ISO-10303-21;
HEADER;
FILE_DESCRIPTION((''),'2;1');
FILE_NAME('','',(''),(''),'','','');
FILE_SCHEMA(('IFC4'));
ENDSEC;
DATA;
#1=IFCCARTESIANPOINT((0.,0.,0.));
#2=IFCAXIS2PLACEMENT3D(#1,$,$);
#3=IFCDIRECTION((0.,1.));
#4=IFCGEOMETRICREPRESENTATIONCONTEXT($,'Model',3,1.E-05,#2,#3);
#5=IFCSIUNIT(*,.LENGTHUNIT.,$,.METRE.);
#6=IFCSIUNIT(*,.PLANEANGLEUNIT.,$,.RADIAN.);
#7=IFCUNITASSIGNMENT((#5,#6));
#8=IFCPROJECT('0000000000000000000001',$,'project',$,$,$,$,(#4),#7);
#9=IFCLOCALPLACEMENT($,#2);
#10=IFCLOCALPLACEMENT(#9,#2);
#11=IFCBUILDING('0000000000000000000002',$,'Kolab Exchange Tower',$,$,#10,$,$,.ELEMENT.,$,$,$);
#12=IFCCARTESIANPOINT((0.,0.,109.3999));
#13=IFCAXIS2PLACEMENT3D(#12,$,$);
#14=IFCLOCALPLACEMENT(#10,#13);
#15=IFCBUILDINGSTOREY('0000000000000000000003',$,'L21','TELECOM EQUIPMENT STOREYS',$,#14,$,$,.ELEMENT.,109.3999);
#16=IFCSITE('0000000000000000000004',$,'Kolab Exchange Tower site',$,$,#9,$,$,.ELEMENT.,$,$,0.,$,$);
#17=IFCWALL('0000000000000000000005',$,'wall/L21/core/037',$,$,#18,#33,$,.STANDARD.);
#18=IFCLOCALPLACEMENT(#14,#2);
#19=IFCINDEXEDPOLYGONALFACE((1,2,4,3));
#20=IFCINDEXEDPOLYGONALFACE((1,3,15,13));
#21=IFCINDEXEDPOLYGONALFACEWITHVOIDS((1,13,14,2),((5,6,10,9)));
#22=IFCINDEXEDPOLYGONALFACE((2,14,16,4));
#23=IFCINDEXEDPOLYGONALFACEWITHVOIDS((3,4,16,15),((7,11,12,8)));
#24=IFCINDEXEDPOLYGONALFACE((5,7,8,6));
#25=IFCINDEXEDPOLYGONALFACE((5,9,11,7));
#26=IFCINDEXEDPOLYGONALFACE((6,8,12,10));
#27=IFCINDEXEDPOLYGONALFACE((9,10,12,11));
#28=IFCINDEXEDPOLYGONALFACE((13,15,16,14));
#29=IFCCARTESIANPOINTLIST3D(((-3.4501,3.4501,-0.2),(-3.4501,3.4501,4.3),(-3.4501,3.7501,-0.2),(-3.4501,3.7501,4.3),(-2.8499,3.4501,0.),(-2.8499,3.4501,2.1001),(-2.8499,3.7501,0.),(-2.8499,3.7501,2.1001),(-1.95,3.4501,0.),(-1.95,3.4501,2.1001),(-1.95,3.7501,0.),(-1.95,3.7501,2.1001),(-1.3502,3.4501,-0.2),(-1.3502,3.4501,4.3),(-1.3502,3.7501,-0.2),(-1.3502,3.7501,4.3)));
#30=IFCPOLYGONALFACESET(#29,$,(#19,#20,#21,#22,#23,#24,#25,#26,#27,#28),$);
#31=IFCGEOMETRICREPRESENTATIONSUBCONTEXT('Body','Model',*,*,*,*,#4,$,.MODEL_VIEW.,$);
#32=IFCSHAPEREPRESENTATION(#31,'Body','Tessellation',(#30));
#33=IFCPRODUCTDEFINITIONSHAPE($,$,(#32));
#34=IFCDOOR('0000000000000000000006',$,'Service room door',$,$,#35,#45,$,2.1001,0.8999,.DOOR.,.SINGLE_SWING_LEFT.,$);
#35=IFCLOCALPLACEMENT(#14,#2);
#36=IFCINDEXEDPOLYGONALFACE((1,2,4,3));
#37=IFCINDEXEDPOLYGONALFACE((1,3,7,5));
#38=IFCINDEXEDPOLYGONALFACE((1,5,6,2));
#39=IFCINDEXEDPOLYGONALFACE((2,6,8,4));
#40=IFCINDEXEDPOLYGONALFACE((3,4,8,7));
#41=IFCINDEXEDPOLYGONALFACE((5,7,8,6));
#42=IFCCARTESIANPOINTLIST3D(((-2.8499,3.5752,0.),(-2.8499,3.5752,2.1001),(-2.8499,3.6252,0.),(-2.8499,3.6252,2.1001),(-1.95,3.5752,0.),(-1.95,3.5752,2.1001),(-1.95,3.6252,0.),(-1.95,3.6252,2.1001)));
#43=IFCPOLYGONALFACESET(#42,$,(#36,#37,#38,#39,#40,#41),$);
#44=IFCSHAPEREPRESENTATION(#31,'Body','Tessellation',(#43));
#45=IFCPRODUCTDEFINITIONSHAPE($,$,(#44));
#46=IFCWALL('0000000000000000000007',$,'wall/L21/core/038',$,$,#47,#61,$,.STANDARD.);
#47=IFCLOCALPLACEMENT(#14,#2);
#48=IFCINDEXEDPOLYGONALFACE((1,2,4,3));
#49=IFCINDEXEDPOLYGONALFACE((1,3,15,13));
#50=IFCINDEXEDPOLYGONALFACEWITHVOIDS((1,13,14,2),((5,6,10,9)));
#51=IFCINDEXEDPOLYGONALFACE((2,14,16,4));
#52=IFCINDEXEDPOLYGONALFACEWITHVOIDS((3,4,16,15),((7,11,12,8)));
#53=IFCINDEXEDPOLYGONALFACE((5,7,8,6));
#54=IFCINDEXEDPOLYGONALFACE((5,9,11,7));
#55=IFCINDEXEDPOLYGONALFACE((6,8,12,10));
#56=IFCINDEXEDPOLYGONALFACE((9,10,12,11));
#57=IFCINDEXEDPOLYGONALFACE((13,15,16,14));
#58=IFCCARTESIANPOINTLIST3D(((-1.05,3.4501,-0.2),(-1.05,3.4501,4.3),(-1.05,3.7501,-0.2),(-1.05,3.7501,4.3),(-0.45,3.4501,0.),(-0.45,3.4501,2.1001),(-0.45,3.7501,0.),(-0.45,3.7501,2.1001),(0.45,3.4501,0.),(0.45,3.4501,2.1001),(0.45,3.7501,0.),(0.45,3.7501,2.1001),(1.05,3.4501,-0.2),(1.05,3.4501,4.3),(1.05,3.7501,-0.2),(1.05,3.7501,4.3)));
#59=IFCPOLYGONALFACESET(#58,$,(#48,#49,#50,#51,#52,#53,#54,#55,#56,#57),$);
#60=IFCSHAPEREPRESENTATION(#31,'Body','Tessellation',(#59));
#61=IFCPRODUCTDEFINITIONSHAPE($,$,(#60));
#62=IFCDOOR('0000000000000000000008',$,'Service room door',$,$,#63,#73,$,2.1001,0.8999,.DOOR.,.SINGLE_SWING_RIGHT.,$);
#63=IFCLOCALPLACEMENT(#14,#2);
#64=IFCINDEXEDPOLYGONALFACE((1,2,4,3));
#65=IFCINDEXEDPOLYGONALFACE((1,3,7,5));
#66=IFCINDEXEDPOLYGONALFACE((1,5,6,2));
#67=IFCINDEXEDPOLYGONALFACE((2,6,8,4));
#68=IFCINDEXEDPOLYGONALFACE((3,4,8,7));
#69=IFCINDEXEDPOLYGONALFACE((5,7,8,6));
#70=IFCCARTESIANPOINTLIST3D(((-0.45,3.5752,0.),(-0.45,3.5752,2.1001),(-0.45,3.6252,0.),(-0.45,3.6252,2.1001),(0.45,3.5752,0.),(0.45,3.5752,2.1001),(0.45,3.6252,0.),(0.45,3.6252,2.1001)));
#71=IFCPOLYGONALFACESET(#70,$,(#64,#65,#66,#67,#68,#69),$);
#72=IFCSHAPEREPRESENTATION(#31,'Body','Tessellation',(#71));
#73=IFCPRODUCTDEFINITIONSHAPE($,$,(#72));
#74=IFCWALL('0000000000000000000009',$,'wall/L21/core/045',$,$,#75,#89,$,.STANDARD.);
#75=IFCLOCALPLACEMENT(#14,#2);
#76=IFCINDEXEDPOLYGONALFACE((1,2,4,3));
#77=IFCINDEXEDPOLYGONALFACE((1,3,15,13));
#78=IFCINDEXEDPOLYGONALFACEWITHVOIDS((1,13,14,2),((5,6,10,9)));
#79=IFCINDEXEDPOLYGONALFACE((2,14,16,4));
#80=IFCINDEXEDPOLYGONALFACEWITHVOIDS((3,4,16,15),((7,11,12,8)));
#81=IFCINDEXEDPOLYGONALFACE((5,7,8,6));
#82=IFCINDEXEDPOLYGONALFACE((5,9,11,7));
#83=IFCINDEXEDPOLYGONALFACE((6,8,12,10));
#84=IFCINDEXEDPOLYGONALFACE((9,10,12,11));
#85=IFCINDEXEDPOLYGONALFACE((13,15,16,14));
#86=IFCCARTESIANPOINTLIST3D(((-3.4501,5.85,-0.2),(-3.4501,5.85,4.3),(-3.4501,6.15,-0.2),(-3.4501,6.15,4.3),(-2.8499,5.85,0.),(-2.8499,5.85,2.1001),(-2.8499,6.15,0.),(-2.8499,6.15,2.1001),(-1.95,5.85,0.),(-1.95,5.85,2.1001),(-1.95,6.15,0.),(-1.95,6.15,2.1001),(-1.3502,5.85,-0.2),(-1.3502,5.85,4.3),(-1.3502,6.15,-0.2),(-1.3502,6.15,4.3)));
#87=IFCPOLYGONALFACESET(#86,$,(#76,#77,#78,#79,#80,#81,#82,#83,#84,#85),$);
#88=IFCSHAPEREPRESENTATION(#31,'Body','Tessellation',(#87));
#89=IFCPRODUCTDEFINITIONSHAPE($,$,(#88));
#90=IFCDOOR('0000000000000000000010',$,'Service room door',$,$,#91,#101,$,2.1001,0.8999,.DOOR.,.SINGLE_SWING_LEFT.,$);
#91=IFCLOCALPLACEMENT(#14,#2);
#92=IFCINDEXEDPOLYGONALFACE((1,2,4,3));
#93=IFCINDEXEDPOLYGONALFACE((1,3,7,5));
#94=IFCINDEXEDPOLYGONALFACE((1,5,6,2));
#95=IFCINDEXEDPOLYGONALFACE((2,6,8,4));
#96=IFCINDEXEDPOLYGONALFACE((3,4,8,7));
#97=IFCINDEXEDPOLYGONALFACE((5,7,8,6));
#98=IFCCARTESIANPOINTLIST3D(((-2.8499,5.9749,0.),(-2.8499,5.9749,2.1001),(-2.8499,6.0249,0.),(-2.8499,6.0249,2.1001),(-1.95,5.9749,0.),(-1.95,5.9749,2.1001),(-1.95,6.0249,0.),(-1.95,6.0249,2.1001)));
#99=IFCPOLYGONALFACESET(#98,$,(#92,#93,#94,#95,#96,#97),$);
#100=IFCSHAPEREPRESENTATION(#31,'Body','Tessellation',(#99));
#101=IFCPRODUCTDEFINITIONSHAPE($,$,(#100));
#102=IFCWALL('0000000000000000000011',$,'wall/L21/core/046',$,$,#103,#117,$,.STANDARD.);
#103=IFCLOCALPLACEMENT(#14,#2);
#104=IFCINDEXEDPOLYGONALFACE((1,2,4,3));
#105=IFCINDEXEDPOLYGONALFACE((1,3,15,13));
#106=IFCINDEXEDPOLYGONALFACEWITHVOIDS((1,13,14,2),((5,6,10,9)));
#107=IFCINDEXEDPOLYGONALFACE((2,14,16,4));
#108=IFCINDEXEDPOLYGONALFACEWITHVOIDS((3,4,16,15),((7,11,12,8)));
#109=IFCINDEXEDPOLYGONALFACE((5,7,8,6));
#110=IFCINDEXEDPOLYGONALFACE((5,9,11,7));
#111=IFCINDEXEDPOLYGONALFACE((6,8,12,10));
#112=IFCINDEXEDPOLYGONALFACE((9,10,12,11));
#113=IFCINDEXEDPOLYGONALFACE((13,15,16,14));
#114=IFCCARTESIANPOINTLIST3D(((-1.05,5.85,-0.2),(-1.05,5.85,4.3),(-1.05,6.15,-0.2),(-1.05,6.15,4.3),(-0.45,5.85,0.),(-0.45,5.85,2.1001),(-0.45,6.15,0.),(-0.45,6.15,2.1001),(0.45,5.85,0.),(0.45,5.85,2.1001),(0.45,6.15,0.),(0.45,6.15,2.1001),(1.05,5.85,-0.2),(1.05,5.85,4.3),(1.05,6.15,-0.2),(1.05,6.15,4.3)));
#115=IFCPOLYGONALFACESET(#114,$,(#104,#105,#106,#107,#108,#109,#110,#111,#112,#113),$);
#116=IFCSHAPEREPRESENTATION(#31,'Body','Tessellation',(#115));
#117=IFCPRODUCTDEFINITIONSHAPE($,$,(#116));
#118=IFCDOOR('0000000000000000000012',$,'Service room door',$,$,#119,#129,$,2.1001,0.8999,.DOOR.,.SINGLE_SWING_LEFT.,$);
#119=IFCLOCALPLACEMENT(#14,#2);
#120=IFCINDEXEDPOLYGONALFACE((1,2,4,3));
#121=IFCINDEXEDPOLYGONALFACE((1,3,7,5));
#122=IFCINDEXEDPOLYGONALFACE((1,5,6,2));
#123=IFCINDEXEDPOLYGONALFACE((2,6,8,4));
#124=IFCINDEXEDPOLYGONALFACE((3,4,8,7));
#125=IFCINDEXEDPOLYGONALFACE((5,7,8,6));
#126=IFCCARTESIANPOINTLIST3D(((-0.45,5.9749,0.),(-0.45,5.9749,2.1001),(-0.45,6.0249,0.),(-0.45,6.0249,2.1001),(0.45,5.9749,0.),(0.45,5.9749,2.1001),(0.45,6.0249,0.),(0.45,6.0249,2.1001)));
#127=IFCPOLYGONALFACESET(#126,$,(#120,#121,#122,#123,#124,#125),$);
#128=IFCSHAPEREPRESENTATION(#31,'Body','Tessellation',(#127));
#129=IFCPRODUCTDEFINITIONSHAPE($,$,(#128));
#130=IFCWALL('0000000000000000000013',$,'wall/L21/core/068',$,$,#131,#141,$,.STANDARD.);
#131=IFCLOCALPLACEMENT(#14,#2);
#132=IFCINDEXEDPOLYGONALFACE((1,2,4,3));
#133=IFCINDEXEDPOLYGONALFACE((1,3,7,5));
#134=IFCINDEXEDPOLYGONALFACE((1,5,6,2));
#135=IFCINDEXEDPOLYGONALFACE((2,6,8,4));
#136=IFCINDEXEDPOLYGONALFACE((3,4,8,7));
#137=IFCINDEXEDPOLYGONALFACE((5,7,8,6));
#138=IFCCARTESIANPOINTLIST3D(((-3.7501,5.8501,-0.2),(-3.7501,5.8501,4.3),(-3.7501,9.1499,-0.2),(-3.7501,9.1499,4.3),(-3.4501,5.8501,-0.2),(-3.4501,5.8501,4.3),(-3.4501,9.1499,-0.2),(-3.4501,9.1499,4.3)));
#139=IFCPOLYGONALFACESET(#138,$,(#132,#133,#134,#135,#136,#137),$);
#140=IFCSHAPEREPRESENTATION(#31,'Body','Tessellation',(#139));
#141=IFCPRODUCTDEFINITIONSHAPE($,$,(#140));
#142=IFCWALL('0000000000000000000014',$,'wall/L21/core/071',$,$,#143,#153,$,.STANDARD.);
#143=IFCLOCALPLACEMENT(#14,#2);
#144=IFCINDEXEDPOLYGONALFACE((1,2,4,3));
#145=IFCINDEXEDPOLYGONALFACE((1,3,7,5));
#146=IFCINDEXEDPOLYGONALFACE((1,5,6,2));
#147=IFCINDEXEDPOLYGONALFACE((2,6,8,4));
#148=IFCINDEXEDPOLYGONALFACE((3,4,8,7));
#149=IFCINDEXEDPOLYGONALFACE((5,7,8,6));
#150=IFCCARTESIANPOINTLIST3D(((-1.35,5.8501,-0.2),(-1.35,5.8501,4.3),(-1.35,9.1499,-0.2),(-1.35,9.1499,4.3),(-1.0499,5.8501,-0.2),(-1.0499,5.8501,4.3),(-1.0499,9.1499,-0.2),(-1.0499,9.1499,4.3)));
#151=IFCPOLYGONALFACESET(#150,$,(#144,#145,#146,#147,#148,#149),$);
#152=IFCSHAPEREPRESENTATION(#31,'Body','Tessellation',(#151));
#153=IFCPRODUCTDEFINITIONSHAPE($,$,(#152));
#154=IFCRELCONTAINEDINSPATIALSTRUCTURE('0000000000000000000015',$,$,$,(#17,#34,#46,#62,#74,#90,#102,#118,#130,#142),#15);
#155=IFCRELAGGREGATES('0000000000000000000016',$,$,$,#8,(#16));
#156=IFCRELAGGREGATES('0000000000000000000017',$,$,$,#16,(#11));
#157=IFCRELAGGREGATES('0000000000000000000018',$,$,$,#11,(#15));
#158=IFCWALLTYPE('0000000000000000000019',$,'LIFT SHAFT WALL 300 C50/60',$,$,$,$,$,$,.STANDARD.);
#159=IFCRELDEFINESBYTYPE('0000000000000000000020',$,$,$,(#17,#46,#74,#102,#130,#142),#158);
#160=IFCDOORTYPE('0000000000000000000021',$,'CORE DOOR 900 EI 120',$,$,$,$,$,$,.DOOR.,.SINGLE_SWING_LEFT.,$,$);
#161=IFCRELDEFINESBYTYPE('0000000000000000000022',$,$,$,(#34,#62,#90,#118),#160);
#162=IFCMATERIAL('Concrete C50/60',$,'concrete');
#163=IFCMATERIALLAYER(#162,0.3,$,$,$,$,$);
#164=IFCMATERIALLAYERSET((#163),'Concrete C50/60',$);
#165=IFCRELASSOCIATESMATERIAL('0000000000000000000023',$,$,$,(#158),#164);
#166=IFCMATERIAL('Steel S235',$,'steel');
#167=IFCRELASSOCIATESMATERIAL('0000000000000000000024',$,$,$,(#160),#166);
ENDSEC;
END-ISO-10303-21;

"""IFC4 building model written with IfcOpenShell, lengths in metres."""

from ifc_helpers import new_model, si_unit, direction, frame, frame_2d, origin, place, context, subcontext, project, spatial, rectangle, extrude, material, layer, layer_set, type_object, element, fill, save


model = new_model("IFC4")

# Units and contexts
model_context = context("Model", 3, precision=1e-05, world=origin(), true_north=direction((0.0, 1.0)))
body_context = subcontext(model_context, "Body", "Model", "MODEL_VIEW")
ifc_project = project(units=[si_unit("LENGTHUNIT", "METRE"), si_unit("PLANEANGLEUNIT", "RADIAN")], contexts=[model_context])

# Site, building, storey
site_placement = place(None, origin())
site = spatial("IfcSite", under=ifc_project, at=site_placement, Name="Kolab Exchange Tower site", CompositionType="ELEMENT", RefElevation=0.0)
building_placement = place(site_placement, origin())
building = spatial("IfcBuilding", under=site, at=building_placement, Name="Kolab Exchange Tower", CompositionType="ELEMENT")
storey_placement = place(building_placement, frame((0.0, 0.0, 109.3999)))
storey = spatial("IfcBuildingStorey", under=building, at=storey_placement, Name="L21", Description="TELECOM EQUIPMENT STOREYS", CompositionType="ELEMENT", Elevation=109.3999)

# Shared definitions
ifc_material_1 = material(Name="Concrete C50/60", Category="concrete")
ifc_layer_1 = layer(ifc_material_1, 0.3)
ifc_layer_set_1 = layer_set([ifc_layer_1], Name="Concrete C50/60")
wall_type_1 = type_object("IfcWallType", Name="LIFT SHAFT WALL 300 C50/60", PredefinedType="STANDARD", material=ifc_layer_set_1)

# Walls, openings, doors
wall_1_placement = place(storey_placement, frame((-3.45, 3.6001, -0.2), z_axis=(0.0, 0.0, 1.0), x_axis=(1.0, 0.0, 0.0)))
wall_1 = element("IfcWall", 1, at=wall_1_placement, inside=storey, type_object=wall_type_1, Name="wall/L21/core/037", PredefinedType="STANDARD", context=body_context, shape_type="SweptSolid", body=[
    extrude(rectangle(XDim=2.0999, YDim=0.3, at=frame_2d((1.0498, 0.0))), origin(), (0.0, 0.0, 1.0), 4.5),
])
opening_1_placement = place(wall_1_placement, frame((0.6001, 0.0, 0.2)))
opening_1 = element("IfcOpeningElement", 2, at=opening_1_placement, cuts=wall_1, PredefinedType="OPENING", context=body_context, shape_type="SweptSolid", body=[
    extrude(rectangle(XDim=0.8999, YDim=2.1001, at=frame_2d((0.45, 1.05))), frame((0.0, 0.1602, 0.0), z_axis=(0.0, -1.0, 0.0), x_axis=(1.0, 0.0, 0.0)), (0.0, 0.0, 1.0), 0.3201),
])
ifc_material_2 = material(Name="Steel S235", Category="steel")
door_type = type_object("IfcDoorType", Name="CORE DOOR 900 EI 120", OperationType="SINGLE_SWING_LEFT", PredefinedType="DOOR", material=ifc_material_2)
door_1_placement = place(opening_1_placement, frame((0.8999, 0.0, 0.0), z_axis=(0.0, 0.0, 1.0), x_axis=(-1.0, 0.0, 0.0)))
door_1 = element("IfcDoor", 3, at=door_1_placement, inside=storey, type_object=door_type, Name="Service room door", OperationType="SINGLE_SWING_LEFT", OverallHeight=2.1001, OverallWidth=0.8999, PredefinedType="DOOR", context=body_context, shape_type="SweptSolid", body=[
    extrude(rectangle(XDim=0.8999, YDim=2.1001, at=frame_2d((0.45, 1.05))), frame((0.0, 0.0249, 0.0), z_axis=(0.0, -1.0, 0.0), x_axis=(1.0, 0.0, 0.0)), (0.0, 0.0, 1.0), 0.05),
])
fill(opening_1, door_1)
wall_2_placement = place(storey_placement, frame((-1.05, 3.6001, -0.2), z_axis=(0.0, 0.0, 1.0), x_axis=(1.0, 0.0, 0.0)))
wall_2 = element("IfcWall", 4, at=wall_2_placement, inside=storey, type_object=wall_type_1, Name="wall/L21/core/038", PredefinedType="STANDARD", context=body_context, shape_type="SweptSolid", body=[
    extrude(rectangle(XDim=2.1001, YDim=0.3, at=frame_2d((1.05, 0.0))), origin(), (0.0, 0.0, 1.0), 4.5),
])
opening_2_placement = place(wall_2_placement, frame((0.6001, 0.0, 0.2)))
opening_2 = element("IfcOpeningElement", 5, at=opening_2_placement, cuts=wall_2, PredefinedType="OPENING", context=body_context, shape_type="SweptSolid", body=[
    extrude(rectangle(XDim=0.8999, YDim=2.1001, at=frame_2d((0.45, 1.05))), frame((0.0, 0.1602, 0.0), z_axis=(0.0, -1.0, 0.0), x_axis=(1.0, 0.0, 0.0)), (0.0, 0.0, 1.0), 0.3201),
])
door_2_placement = place(opening_2_placement, frame((0.8999, 0.0, 0.0), z_axis=(0.0, 0.0, 1.0), x_axis=(-1.0, 0.0, 0.0)))
door_2 = element("IfcDoor", 6, at=door_2_placement, inside=storey, type_object=door_type, Name="Service room door", OperationType="SINGLE_SWING_RIGHT", OverallHeight=2.1001, OverallWidth=0.8999, PredefinedType="DOOR", context=body_context, shape_type="SweptSolid", body=[
    extrude(rectangle(XDim=0.8999, YDim=2.1001, at=frame_2d((0.45, 1.05))), frame((0.0, 0.0249, 0.0), z_axis=(0.0, -1.0, 0.0), x_axis=(1.0, 0.0, 0.0)), (0.0, 0.0, 1.0), 0.05),
])
fill(opening_2, door_2)
wall_3_placement = place(storey_placement, frame((-3.45, 6.0, -0.2), z_axis=(0.0, 0.0, 1.0), x_axis=(1.0, 0.0, 0.0)))
wall_3 = element("IfcWall", 7, at=wall_3_placement, inside=storey, type_object=wall_type_1, Name="wall/L21/core/045", PredefinedType="STANDARD", context=body_context, shape_type="SweptSolid", body=[
    extrude(rectangle(XDim=2.0999, YDim=0.3, at=frame_2d((1.0498, 0.0))), origin(), (0.0, 0.0, 1.0), 4.5),
])
opening_3_placement = place(wall_3_placement, frame((0.6001, 0.0, 0.2)))
opening_3 = element("IfcOpeningElement", 8, at=opening_3_placement, cuts=wall_3, PredefinedType="OPENING", context=body_context, shape_type="SweptSolid", body=[
    extrude(rectangle(XDim=0.8999, YDim=2.1001, at=frame_2d((0.45, 1.05))), frame((0.0, 0.1602, 0.0), z_axis=(0.0, -1.0, 0.0), x_axis=(1.0, 0.0, 0.0)), (0.0, 0.0, 1.0), 0.3201),
])
door_3_placement = place(opening_3_placement, origin())
door_3 = element("IfcDoor", 9, at=door_3_placement, inside=storey, type_object=door_type, Name="Service room door", OperationType="SINGLE_SWING_LEFT", OverallHeight=2.1001, OverallWidth=0.8999, PredefinedType="DOOR", context=body_context, shape_type="SweptSolid", body=[
    extrude(rectangle(XDim=0.8999, YDim=2.1001, at=frame_2d((0.45, 1.05))), frame((0.0, 0.0249, 0.0), z_axis=(0.0, -1.0, 0.0), x_axis=(1.0, 0.0, 0.0)), (0.0, 0.0, 1.0), 0.05),
])
fill(opening_3, door_3)
wall_4_placement = place(storey_placement, frame((-1.05, 6.0, -0.2), z_axis=(0.0, 0.0, 1.0), x_axis=(1.0, 0.0, 0.0)))
wall_4 = element("IfcWall", 10, at=wall_4_placement, inside=storey, type_object=wall_type_1, Name="wall/L21/core/046", PredefinedType="STANDARD", context=body_context, shape_type="SweptSolid", body=[
    extrude(rectangle(XDim=2.1001, YDim=0.3, at=frame_2d((1.05, 0.0))), origin(), (0.0, 0.0, 1.0), 4.5),
])
opening_4_placement = place(wall_4_placement, frame((0.6001, 0.0, 0.2)))
opening_4 = element("IfcOpeningElement", 11, at=opening_4_placement, cuts=wall_4, PredefinedType="OPENING", context=body_context, shape_type="SweptSolid", body=[
    extrude(rectangle(XDim=0.8999, YDim=2.1001, at=frame_2d((0.45, 1.05))), frame((0.0, 0.1602, 0.0), z_axis=(0.0, -1.0, 0.0), x_axis=(1.0, 0.0, 0.0)), (0.0, 0.0, 1.0), 0.3201),
])
door_4_placement = place(opening_4_placement, origin())
door_4 = element("IfcDoor", 12, at=door_4_placement, inside=storey, type_object=door_type, Name="Service room door", OperationType="SINGLE_SWING_LEFT", OverallHeight=2.1001, OverallWidth=0.8999, PredefinedType="DOOR", context=body_context, shape_type="SweptSolid", body=[
    extrude(rectangle(XDim=0.8999, YDim=2.1001, at=frame_2d((0.45, 1.05))), frame((0.0, 0.0249, 0.0), z_axis=(0.0, -1.0, 0.0), x_axis=(1.0, 0.0, 0.0)), (0.0, 0.0, 1.0), 0.05),
])
fill(opening_4, door_4)

# Walls
for number, where, z_axis, x_axis, name in (
    (13, (-3.6001, 5.8501, -0.2), (0.0, 0.0, 1.0), (0.0, 1.0, 0.0), "wall/L21/core/068"),
    (14, (-1.2, 5.8501, -0.2), (0.0, 0.0, 1.0), (0.0, 1.0, 0.0), "wall/L21/core/071"),
):
    element("IfcWall", number, at=place(storey_placement, frame(where, z_axis=z_axis, x_axis=x_axis)), inside=storey, type_object=wall_type_1, Name=name, PredefinedType="STANDARD", context=body_context, shape_type="SweptSolid", body=[
        extrude(rectangle(XDim=3.2998, YDim=0.3, at=frame_2d((1.6499, 0.0))), origin(), (0.0, 0.0, 1.0), 4.5),
    ])

save(model, "model.ifc")
